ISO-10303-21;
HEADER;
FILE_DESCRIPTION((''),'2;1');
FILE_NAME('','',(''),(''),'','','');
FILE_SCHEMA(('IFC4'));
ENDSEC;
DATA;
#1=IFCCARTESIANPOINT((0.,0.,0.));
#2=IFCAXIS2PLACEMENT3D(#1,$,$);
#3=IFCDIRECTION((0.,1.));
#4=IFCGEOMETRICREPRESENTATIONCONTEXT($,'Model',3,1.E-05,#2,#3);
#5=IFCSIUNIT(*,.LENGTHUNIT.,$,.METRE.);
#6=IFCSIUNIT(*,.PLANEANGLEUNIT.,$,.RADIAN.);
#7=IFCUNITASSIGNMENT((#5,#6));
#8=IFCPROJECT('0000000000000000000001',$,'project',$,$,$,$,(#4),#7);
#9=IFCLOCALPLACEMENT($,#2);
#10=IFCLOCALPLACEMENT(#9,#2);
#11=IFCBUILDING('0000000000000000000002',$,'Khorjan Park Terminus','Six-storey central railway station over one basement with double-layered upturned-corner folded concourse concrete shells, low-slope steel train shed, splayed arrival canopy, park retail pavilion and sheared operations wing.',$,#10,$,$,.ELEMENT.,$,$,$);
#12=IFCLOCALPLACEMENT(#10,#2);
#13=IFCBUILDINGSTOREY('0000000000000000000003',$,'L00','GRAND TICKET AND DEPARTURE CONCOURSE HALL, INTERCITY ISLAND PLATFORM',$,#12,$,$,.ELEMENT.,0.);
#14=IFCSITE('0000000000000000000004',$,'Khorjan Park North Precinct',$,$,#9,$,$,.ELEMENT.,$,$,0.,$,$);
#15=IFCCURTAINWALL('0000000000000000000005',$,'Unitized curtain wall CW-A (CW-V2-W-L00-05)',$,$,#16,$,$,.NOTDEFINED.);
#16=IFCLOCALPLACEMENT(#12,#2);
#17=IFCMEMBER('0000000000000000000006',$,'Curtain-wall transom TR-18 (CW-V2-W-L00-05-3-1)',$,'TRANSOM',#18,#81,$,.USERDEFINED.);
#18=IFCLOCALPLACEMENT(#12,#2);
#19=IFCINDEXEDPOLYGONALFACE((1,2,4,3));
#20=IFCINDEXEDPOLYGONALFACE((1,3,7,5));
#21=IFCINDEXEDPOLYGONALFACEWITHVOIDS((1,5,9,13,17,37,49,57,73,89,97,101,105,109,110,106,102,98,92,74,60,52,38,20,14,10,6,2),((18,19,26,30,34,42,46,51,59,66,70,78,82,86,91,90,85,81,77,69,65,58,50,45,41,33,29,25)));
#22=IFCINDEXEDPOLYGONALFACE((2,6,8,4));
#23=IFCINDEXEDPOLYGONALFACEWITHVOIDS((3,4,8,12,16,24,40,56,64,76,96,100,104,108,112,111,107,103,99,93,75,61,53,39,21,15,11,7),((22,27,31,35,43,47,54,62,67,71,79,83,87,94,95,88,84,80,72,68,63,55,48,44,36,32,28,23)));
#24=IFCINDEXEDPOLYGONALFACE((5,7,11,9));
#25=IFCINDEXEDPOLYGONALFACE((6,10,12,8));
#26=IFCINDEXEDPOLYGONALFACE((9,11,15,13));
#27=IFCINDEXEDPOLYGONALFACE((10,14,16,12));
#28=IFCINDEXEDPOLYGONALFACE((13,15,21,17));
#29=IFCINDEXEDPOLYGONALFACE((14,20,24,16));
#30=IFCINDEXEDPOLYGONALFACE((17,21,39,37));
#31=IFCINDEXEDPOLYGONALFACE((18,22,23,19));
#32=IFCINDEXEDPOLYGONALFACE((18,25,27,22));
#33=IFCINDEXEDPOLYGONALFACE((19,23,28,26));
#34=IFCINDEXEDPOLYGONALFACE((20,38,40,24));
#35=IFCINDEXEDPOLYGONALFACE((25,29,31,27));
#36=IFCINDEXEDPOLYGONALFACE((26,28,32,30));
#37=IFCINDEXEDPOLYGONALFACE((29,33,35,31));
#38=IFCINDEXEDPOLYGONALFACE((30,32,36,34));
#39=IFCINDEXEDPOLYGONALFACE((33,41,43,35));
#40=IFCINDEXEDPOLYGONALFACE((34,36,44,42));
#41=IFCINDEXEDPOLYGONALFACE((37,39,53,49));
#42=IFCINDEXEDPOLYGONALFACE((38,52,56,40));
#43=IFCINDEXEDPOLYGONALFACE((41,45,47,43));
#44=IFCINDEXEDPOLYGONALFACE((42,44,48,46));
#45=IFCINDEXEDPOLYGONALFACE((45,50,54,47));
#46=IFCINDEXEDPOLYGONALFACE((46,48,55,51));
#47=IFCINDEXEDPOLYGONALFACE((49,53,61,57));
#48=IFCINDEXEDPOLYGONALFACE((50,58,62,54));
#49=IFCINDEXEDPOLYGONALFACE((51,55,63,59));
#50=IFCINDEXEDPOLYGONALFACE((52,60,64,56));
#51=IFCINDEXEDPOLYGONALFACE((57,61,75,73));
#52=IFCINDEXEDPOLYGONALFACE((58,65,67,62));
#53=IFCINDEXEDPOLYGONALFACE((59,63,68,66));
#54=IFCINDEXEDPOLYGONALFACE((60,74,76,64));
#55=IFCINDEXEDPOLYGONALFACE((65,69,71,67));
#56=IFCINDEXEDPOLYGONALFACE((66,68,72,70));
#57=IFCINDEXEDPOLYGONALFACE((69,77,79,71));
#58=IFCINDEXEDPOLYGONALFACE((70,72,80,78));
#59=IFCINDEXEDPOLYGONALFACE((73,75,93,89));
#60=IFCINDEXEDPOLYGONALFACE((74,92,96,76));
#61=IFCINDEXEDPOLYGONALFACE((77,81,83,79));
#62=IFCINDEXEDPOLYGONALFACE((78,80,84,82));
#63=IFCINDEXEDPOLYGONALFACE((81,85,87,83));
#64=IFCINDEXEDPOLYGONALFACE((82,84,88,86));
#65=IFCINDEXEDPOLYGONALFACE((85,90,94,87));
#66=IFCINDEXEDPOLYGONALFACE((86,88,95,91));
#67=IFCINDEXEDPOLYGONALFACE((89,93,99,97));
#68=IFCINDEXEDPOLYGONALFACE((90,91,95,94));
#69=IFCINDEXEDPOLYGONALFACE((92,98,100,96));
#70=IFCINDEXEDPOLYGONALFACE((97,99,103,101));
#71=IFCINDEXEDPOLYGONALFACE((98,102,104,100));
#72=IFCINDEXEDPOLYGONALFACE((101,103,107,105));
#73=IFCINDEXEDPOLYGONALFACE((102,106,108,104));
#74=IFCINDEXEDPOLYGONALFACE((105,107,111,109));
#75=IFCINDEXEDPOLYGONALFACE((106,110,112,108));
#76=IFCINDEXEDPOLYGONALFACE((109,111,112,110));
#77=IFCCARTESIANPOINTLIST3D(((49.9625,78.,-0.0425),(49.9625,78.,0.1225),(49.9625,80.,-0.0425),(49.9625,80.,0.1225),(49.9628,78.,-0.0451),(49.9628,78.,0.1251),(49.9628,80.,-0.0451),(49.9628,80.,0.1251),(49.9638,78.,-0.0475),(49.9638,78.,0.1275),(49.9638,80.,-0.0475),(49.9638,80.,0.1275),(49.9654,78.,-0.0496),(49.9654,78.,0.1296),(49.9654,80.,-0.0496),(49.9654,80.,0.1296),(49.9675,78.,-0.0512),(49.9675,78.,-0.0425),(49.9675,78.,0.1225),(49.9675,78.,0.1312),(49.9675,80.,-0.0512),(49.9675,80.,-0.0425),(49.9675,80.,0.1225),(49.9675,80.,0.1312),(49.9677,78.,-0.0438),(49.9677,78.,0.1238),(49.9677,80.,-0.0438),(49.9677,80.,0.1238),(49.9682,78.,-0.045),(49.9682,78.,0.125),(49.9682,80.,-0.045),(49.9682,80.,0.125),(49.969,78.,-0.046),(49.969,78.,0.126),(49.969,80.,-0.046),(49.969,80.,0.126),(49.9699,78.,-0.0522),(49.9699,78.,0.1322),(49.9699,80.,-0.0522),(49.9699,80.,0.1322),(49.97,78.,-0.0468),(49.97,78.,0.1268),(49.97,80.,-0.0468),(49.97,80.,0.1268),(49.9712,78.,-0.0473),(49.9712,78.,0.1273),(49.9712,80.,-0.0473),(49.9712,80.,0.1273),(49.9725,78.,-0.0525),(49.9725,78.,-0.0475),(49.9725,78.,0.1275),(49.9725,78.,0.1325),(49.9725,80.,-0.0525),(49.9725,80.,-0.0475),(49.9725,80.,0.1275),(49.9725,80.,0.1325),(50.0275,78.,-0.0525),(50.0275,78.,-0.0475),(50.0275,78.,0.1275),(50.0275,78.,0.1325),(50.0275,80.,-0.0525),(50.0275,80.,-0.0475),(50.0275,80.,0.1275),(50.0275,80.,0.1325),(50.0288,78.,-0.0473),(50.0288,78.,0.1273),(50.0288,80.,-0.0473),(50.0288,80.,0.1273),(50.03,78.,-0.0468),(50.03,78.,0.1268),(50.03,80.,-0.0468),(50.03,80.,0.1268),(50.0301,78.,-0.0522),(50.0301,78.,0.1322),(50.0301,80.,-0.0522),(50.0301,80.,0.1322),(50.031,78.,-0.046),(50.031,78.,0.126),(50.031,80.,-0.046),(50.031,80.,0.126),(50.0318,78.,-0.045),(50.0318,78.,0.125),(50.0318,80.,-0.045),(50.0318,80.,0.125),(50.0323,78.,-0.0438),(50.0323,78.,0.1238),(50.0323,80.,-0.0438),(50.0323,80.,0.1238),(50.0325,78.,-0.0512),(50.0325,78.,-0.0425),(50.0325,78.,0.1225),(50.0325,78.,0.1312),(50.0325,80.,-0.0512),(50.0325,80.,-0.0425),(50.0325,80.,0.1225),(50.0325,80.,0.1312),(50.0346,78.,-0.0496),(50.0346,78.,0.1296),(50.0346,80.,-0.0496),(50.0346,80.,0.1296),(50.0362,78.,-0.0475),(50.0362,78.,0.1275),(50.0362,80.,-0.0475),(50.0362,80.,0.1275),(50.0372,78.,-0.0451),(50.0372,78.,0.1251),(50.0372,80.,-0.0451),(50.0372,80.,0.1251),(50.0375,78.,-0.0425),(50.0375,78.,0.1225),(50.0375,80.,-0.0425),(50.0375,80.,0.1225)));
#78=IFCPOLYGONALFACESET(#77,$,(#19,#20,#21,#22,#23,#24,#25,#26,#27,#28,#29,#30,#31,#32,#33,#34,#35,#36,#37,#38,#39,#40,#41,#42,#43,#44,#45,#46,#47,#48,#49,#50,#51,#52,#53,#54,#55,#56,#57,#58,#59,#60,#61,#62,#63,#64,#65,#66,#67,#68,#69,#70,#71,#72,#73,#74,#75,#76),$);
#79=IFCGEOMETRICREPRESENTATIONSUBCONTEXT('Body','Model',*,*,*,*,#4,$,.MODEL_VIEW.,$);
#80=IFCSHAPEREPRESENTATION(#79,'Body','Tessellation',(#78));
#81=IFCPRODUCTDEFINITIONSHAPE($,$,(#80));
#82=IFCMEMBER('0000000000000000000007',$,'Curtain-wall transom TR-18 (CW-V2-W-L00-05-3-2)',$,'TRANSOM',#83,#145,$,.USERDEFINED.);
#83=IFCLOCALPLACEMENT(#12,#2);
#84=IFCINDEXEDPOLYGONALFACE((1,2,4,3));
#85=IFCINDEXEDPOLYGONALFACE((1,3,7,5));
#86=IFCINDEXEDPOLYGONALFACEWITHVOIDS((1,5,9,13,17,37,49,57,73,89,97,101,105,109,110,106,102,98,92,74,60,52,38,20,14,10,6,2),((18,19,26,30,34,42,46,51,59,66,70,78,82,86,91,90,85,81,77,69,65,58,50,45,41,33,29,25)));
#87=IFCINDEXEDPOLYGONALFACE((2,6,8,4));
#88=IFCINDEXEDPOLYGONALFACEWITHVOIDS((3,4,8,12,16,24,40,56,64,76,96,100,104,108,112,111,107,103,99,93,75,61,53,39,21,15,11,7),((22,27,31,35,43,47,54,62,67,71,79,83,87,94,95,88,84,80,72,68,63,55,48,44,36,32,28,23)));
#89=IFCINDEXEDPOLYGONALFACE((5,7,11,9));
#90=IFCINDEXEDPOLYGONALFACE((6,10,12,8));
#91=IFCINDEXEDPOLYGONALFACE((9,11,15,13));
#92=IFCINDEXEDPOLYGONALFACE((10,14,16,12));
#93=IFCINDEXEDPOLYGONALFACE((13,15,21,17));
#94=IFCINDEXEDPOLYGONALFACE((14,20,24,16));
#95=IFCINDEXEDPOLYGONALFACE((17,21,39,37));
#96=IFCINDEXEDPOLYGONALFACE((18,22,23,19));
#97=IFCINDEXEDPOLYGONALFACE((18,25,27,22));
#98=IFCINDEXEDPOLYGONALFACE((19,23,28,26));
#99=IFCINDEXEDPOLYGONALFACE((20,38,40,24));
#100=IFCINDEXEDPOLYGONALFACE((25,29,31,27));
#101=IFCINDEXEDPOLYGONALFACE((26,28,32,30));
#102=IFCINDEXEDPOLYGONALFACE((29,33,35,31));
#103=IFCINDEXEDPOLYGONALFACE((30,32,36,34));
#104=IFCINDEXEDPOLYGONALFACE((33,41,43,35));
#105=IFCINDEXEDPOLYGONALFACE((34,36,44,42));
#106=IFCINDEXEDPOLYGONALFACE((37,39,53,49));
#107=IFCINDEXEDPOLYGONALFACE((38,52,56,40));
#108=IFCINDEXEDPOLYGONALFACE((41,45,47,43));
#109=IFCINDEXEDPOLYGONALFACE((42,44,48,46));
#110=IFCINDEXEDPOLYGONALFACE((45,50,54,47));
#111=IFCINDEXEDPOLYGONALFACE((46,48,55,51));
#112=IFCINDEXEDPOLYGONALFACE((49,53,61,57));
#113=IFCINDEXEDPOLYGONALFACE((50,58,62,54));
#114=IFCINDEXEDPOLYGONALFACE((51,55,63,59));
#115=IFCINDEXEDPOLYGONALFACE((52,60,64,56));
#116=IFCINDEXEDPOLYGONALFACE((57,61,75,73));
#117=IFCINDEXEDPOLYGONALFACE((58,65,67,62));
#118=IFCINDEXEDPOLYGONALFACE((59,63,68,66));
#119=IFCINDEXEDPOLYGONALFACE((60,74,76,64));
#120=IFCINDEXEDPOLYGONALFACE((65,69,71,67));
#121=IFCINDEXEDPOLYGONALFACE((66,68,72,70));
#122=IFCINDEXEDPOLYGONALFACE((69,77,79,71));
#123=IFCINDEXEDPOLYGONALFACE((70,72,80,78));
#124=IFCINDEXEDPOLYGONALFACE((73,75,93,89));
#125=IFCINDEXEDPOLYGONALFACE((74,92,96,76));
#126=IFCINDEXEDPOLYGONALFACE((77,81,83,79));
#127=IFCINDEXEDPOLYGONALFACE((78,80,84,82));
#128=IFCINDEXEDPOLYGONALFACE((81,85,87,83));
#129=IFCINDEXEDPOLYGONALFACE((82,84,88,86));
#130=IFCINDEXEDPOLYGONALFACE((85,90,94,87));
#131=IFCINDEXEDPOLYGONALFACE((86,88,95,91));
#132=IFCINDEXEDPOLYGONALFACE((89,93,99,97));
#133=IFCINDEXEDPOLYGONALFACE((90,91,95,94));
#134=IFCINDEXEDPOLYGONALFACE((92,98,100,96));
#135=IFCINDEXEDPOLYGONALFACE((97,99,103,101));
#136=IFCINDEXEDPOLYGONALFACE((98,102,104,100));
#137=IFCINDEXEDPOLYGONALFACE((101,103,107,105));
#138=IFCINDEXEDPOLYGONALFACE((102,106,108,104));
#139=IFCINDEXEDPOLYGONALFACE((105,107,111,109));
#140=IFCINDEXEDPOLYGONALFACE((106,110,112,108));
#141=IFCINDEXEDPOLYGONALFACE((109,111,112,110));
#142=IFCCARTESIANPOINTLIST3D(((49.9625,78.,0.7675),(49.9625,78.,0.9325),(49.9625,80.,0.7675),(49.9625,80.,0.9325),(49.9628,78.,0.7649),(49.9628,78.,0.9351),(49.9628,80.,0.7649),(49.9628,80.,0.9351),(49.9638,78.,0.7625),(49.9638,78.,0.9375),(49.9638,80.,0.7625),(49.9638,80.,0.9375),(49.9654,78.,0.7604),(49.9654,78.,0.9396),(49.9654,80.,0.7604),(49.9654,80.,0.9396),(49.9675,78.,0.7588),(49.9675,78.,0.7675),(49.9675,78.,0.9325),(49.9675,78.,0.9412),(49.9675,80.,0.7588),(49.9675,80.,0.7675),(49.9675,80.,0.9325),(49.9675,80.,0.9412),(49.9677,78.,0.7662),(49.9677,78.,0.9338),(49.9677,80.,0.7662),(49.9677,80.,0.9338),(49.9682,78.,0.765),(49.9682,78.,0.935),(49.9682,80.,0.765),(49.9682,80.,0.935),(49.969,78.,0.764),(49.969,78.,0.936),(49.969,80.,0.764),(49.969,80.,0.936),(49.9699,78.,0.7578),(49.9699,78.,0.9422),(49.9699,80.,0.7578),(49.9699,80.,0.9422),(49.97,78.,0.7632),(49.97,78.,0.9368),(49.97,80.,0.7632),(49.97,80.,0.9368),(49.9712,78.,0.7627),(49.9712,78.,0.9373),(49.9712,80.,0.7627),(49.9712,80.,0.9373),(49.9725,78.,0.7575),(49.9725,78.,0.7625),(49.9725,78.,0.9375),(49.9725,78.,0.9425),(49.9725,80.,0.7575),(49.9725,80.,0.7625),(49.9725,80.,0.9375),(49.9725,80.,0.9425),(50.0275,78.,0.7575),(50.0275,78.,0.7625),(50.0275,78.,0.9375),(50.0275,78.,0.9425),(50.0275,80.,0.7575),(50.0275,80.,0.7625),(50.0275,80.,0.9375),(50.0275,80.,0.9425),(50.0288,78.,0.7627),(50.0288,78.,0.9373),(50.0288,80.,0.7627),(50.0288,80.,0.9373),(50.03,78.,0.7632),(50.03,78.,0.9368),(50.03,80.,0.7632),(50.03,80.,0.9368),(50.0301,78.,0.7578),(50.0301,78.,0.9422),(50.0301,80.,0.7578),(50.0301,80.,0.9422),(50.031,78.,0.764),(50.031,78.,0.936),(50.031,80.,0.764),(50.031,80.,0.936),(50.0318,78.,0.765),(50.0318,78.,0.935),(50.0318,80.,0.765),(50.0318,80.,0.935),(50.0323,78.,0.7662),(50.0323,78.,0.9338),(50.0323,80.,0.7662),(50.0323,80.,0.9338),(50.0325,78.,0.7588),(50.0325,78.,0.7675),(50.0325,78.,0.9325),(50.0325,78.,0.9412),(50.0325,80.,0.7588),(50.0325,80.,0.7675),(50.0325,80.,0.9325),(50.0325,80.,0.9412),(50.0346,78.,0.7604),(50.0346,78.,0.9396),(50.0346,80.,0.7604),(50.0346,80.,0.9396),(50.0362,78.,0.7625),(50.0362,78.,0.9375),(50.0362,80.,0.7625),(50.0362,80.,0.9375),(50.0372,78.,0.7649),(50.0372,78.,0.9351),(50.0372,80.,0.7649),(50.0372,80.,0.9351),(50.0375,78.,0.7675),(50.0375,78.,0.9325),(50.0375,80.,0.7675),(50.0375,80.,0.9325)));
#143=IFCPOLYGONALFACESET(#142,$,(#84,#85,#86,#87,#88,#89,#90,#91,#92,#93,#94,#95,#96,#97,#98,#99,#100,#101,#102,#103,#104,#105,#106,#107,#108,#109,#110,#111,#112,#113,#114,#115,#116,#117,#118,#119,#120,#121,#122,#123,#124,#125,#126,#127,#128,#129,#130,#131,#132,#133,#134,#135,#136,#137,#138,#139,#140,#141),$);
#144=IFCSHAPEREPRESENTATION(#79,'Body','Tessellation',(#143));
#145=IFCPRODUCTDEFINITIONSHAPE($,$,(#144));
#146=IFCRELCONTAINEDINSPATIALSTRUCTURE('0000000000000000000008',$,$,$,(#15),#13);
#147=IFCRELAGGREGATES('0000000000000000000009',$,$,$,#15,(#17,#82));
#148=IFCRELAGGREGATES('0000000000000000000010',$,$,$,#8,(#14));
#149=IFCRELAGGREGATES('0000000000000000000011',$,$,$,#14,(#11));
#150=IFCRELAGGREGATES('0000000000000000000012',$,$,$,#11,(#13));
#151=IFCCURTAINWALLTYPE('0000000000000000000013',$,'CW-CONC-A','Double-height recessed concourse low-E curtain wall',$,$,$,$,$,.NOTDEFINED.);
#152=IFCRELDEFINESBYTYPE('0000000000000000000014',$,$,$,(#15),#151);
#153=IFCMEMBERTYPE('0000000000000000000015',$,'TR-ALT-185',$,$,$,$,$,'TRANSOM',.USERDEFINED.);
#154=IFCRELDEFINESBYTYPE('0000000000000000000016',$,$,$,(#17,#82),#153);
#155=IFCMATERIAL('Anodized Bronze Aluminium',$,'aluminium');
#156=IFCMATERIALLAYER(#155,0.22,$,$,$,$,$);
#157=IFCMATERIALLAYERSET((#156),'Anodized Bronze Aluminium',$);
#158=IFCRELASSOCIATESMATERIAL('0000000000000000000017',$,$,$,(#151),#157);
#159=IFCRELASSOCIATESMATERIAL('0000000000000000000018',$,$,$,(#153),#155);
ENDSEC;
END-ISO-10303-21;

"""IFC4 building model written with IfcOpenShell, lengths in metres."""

from ifc_helpers import new_model, si_unit, direction, frame, origin, origin_2d, place, context, subcontext, project, spatial, hollow_rectangle, extrude, material, layer, layer_set, material_profile, profile_set, type_object, element, aggregate, save


model = new_model("IFC4")

# Units and contexts
model_context = context("Model", 3, precision=1e-05, world=origin(), true_north=direction((0.0, 1.0)))
body_context = subcontext(model_context, "Body", "Model", "MODEL_VIEW")
ifc_project = project(units=[si_unit("LENGTHUNIT", "METRE"), si_unit("PLANEANGLEUNIT", "RADIAN")], contexts=[model_context])

# Site, building, storey
site_placement = place(None, origin())
site = spatial("IfcSite", under=ifc_project, at=site_placement, Name="Khorjan Park North Precinct", CompositionType="ELEMENT", RefElevation=0.0)
building_placement = place(site_placement, origin())
building = spatial("IfcBuilding", under=site, at=building_placement, Name="Khorjan Park Terminus", Description="Six-storey central railway station over one basement with double-layered upturned-corner folded concourse concrete shells, low-slope steel train shed, splayed arrival canopy, park retail pavilion and sheared operations wing.", CompositionType="ELEMENT")
storey_placement = place(building_placement, origin())
storey = spatial("IfcBuildingStorey", under=building, at=storey_placement, Name="L00", Description="GRAND TICKET AND DEPARTURE CONCOURSE HALL, INTERCITY ISLAND PLATFORM", CompositionType="ELEMENT", Elevation=0.0)

# Curtain wall, members
ifc_material_1 = material(Name="Anodized Bronze Aluminium", Category="aluminium")
ifc_layer_1 = layer(ifc_material_1, 0.22)
ifc_layer_set_1 = layer_set([ifc_layer_1], Name="Anodized Bronze Aluminium")
curtain_wall_type = type_object("IfcCurtainWallType", Name="CW-CONC-A", Description="Double-height recessed concourse low-E curtain wall", PredefinedType="NOTDEFINED", material=ifc_layer_set_1)
curtain_wall_placement = place(storey_placement, origin())
curtain_wall = element("IfcCurtainWall", 1, at=curtain_wall_placement, inside=storey, type_object=curtain_wall_type, Name="Unitized curtain wall CW-A (CW-V2-W-L00-05)", PredefinedType="NOTDEFINED")
ifc_material_profile_1 = material_profile(ifc_material_1, hollow_rectangle(XDim=0.075, YDim=0.185, WallThickness=0.005, InnerFilletRadius=0.005, OuterFilletRadius=0.01, at=origin_2d()), Name="ALT 75x185x5")
ifc_profile_set_1 = profile_set([ifc_material_profile_1], Name="Anodized Bronze Aluminium")
member_type_1 = type_object("IfcMemberType", Name="TR-ALT-185", ElementType="TRANSOM", PredefinedType="USERDEFINED", material=ifc_profile_set_1)
member_1_placement = place(storey_placement, frame((50.0, 80.0, 0.04), z_axis=(0.0, -1.0, 0.0), x_axis=(1.0, 0.0, 0.0)))
member_1 = element("IfcMember", 2, at=member_1_placement, type_object=member_type_1, Name="Curtain-wall transom TR-18 (CW-V2-W-L00-05-3-1)", ObjectType="TRANSOM", PredefinedType="USERDEFINED", context=body_context, shape_type="SweptSolid", body=[
    extrude(hollow_rectangle(XDim=0.075, YDim=0.185, WallThickness=0.005, InnerFilletRadius=0.005, OuterFilletRadius=0.01, at=origin_2d()), origin(), (0.0, 0.0, 1.0), 2.0),
])
member_2_placement = place(storey_placement, frame((50.0, 80.0, 0.85), z_axis=(0.0, -1.0, 0.0), x_axis=(1.0, 0.0, 0.0)))
member_2 = element("IfcMember", 3, at=member_2_placement, type_object=member_type_1, Name="Curtain-wall transom TR-18 (CW-V2-W-L00-05-3-2)", ObjectType="TRANSOM", PredefinedType="USERDEFINED", context=body_context, shape_type="SweptSolid", body=[
    extrude(hollow_rectangle(XDim=0.075, YDim=0.185, WallThickness=0.005, InnerFilletRadius=0.005, OuterFilletRadius=0.01, at=origin_2d()), origin(), (0.0, 0.0, 1.0), 2.0),
])
aggregate(curtain_wall, [member_1, member_2])

save(model, "model.ifc")
